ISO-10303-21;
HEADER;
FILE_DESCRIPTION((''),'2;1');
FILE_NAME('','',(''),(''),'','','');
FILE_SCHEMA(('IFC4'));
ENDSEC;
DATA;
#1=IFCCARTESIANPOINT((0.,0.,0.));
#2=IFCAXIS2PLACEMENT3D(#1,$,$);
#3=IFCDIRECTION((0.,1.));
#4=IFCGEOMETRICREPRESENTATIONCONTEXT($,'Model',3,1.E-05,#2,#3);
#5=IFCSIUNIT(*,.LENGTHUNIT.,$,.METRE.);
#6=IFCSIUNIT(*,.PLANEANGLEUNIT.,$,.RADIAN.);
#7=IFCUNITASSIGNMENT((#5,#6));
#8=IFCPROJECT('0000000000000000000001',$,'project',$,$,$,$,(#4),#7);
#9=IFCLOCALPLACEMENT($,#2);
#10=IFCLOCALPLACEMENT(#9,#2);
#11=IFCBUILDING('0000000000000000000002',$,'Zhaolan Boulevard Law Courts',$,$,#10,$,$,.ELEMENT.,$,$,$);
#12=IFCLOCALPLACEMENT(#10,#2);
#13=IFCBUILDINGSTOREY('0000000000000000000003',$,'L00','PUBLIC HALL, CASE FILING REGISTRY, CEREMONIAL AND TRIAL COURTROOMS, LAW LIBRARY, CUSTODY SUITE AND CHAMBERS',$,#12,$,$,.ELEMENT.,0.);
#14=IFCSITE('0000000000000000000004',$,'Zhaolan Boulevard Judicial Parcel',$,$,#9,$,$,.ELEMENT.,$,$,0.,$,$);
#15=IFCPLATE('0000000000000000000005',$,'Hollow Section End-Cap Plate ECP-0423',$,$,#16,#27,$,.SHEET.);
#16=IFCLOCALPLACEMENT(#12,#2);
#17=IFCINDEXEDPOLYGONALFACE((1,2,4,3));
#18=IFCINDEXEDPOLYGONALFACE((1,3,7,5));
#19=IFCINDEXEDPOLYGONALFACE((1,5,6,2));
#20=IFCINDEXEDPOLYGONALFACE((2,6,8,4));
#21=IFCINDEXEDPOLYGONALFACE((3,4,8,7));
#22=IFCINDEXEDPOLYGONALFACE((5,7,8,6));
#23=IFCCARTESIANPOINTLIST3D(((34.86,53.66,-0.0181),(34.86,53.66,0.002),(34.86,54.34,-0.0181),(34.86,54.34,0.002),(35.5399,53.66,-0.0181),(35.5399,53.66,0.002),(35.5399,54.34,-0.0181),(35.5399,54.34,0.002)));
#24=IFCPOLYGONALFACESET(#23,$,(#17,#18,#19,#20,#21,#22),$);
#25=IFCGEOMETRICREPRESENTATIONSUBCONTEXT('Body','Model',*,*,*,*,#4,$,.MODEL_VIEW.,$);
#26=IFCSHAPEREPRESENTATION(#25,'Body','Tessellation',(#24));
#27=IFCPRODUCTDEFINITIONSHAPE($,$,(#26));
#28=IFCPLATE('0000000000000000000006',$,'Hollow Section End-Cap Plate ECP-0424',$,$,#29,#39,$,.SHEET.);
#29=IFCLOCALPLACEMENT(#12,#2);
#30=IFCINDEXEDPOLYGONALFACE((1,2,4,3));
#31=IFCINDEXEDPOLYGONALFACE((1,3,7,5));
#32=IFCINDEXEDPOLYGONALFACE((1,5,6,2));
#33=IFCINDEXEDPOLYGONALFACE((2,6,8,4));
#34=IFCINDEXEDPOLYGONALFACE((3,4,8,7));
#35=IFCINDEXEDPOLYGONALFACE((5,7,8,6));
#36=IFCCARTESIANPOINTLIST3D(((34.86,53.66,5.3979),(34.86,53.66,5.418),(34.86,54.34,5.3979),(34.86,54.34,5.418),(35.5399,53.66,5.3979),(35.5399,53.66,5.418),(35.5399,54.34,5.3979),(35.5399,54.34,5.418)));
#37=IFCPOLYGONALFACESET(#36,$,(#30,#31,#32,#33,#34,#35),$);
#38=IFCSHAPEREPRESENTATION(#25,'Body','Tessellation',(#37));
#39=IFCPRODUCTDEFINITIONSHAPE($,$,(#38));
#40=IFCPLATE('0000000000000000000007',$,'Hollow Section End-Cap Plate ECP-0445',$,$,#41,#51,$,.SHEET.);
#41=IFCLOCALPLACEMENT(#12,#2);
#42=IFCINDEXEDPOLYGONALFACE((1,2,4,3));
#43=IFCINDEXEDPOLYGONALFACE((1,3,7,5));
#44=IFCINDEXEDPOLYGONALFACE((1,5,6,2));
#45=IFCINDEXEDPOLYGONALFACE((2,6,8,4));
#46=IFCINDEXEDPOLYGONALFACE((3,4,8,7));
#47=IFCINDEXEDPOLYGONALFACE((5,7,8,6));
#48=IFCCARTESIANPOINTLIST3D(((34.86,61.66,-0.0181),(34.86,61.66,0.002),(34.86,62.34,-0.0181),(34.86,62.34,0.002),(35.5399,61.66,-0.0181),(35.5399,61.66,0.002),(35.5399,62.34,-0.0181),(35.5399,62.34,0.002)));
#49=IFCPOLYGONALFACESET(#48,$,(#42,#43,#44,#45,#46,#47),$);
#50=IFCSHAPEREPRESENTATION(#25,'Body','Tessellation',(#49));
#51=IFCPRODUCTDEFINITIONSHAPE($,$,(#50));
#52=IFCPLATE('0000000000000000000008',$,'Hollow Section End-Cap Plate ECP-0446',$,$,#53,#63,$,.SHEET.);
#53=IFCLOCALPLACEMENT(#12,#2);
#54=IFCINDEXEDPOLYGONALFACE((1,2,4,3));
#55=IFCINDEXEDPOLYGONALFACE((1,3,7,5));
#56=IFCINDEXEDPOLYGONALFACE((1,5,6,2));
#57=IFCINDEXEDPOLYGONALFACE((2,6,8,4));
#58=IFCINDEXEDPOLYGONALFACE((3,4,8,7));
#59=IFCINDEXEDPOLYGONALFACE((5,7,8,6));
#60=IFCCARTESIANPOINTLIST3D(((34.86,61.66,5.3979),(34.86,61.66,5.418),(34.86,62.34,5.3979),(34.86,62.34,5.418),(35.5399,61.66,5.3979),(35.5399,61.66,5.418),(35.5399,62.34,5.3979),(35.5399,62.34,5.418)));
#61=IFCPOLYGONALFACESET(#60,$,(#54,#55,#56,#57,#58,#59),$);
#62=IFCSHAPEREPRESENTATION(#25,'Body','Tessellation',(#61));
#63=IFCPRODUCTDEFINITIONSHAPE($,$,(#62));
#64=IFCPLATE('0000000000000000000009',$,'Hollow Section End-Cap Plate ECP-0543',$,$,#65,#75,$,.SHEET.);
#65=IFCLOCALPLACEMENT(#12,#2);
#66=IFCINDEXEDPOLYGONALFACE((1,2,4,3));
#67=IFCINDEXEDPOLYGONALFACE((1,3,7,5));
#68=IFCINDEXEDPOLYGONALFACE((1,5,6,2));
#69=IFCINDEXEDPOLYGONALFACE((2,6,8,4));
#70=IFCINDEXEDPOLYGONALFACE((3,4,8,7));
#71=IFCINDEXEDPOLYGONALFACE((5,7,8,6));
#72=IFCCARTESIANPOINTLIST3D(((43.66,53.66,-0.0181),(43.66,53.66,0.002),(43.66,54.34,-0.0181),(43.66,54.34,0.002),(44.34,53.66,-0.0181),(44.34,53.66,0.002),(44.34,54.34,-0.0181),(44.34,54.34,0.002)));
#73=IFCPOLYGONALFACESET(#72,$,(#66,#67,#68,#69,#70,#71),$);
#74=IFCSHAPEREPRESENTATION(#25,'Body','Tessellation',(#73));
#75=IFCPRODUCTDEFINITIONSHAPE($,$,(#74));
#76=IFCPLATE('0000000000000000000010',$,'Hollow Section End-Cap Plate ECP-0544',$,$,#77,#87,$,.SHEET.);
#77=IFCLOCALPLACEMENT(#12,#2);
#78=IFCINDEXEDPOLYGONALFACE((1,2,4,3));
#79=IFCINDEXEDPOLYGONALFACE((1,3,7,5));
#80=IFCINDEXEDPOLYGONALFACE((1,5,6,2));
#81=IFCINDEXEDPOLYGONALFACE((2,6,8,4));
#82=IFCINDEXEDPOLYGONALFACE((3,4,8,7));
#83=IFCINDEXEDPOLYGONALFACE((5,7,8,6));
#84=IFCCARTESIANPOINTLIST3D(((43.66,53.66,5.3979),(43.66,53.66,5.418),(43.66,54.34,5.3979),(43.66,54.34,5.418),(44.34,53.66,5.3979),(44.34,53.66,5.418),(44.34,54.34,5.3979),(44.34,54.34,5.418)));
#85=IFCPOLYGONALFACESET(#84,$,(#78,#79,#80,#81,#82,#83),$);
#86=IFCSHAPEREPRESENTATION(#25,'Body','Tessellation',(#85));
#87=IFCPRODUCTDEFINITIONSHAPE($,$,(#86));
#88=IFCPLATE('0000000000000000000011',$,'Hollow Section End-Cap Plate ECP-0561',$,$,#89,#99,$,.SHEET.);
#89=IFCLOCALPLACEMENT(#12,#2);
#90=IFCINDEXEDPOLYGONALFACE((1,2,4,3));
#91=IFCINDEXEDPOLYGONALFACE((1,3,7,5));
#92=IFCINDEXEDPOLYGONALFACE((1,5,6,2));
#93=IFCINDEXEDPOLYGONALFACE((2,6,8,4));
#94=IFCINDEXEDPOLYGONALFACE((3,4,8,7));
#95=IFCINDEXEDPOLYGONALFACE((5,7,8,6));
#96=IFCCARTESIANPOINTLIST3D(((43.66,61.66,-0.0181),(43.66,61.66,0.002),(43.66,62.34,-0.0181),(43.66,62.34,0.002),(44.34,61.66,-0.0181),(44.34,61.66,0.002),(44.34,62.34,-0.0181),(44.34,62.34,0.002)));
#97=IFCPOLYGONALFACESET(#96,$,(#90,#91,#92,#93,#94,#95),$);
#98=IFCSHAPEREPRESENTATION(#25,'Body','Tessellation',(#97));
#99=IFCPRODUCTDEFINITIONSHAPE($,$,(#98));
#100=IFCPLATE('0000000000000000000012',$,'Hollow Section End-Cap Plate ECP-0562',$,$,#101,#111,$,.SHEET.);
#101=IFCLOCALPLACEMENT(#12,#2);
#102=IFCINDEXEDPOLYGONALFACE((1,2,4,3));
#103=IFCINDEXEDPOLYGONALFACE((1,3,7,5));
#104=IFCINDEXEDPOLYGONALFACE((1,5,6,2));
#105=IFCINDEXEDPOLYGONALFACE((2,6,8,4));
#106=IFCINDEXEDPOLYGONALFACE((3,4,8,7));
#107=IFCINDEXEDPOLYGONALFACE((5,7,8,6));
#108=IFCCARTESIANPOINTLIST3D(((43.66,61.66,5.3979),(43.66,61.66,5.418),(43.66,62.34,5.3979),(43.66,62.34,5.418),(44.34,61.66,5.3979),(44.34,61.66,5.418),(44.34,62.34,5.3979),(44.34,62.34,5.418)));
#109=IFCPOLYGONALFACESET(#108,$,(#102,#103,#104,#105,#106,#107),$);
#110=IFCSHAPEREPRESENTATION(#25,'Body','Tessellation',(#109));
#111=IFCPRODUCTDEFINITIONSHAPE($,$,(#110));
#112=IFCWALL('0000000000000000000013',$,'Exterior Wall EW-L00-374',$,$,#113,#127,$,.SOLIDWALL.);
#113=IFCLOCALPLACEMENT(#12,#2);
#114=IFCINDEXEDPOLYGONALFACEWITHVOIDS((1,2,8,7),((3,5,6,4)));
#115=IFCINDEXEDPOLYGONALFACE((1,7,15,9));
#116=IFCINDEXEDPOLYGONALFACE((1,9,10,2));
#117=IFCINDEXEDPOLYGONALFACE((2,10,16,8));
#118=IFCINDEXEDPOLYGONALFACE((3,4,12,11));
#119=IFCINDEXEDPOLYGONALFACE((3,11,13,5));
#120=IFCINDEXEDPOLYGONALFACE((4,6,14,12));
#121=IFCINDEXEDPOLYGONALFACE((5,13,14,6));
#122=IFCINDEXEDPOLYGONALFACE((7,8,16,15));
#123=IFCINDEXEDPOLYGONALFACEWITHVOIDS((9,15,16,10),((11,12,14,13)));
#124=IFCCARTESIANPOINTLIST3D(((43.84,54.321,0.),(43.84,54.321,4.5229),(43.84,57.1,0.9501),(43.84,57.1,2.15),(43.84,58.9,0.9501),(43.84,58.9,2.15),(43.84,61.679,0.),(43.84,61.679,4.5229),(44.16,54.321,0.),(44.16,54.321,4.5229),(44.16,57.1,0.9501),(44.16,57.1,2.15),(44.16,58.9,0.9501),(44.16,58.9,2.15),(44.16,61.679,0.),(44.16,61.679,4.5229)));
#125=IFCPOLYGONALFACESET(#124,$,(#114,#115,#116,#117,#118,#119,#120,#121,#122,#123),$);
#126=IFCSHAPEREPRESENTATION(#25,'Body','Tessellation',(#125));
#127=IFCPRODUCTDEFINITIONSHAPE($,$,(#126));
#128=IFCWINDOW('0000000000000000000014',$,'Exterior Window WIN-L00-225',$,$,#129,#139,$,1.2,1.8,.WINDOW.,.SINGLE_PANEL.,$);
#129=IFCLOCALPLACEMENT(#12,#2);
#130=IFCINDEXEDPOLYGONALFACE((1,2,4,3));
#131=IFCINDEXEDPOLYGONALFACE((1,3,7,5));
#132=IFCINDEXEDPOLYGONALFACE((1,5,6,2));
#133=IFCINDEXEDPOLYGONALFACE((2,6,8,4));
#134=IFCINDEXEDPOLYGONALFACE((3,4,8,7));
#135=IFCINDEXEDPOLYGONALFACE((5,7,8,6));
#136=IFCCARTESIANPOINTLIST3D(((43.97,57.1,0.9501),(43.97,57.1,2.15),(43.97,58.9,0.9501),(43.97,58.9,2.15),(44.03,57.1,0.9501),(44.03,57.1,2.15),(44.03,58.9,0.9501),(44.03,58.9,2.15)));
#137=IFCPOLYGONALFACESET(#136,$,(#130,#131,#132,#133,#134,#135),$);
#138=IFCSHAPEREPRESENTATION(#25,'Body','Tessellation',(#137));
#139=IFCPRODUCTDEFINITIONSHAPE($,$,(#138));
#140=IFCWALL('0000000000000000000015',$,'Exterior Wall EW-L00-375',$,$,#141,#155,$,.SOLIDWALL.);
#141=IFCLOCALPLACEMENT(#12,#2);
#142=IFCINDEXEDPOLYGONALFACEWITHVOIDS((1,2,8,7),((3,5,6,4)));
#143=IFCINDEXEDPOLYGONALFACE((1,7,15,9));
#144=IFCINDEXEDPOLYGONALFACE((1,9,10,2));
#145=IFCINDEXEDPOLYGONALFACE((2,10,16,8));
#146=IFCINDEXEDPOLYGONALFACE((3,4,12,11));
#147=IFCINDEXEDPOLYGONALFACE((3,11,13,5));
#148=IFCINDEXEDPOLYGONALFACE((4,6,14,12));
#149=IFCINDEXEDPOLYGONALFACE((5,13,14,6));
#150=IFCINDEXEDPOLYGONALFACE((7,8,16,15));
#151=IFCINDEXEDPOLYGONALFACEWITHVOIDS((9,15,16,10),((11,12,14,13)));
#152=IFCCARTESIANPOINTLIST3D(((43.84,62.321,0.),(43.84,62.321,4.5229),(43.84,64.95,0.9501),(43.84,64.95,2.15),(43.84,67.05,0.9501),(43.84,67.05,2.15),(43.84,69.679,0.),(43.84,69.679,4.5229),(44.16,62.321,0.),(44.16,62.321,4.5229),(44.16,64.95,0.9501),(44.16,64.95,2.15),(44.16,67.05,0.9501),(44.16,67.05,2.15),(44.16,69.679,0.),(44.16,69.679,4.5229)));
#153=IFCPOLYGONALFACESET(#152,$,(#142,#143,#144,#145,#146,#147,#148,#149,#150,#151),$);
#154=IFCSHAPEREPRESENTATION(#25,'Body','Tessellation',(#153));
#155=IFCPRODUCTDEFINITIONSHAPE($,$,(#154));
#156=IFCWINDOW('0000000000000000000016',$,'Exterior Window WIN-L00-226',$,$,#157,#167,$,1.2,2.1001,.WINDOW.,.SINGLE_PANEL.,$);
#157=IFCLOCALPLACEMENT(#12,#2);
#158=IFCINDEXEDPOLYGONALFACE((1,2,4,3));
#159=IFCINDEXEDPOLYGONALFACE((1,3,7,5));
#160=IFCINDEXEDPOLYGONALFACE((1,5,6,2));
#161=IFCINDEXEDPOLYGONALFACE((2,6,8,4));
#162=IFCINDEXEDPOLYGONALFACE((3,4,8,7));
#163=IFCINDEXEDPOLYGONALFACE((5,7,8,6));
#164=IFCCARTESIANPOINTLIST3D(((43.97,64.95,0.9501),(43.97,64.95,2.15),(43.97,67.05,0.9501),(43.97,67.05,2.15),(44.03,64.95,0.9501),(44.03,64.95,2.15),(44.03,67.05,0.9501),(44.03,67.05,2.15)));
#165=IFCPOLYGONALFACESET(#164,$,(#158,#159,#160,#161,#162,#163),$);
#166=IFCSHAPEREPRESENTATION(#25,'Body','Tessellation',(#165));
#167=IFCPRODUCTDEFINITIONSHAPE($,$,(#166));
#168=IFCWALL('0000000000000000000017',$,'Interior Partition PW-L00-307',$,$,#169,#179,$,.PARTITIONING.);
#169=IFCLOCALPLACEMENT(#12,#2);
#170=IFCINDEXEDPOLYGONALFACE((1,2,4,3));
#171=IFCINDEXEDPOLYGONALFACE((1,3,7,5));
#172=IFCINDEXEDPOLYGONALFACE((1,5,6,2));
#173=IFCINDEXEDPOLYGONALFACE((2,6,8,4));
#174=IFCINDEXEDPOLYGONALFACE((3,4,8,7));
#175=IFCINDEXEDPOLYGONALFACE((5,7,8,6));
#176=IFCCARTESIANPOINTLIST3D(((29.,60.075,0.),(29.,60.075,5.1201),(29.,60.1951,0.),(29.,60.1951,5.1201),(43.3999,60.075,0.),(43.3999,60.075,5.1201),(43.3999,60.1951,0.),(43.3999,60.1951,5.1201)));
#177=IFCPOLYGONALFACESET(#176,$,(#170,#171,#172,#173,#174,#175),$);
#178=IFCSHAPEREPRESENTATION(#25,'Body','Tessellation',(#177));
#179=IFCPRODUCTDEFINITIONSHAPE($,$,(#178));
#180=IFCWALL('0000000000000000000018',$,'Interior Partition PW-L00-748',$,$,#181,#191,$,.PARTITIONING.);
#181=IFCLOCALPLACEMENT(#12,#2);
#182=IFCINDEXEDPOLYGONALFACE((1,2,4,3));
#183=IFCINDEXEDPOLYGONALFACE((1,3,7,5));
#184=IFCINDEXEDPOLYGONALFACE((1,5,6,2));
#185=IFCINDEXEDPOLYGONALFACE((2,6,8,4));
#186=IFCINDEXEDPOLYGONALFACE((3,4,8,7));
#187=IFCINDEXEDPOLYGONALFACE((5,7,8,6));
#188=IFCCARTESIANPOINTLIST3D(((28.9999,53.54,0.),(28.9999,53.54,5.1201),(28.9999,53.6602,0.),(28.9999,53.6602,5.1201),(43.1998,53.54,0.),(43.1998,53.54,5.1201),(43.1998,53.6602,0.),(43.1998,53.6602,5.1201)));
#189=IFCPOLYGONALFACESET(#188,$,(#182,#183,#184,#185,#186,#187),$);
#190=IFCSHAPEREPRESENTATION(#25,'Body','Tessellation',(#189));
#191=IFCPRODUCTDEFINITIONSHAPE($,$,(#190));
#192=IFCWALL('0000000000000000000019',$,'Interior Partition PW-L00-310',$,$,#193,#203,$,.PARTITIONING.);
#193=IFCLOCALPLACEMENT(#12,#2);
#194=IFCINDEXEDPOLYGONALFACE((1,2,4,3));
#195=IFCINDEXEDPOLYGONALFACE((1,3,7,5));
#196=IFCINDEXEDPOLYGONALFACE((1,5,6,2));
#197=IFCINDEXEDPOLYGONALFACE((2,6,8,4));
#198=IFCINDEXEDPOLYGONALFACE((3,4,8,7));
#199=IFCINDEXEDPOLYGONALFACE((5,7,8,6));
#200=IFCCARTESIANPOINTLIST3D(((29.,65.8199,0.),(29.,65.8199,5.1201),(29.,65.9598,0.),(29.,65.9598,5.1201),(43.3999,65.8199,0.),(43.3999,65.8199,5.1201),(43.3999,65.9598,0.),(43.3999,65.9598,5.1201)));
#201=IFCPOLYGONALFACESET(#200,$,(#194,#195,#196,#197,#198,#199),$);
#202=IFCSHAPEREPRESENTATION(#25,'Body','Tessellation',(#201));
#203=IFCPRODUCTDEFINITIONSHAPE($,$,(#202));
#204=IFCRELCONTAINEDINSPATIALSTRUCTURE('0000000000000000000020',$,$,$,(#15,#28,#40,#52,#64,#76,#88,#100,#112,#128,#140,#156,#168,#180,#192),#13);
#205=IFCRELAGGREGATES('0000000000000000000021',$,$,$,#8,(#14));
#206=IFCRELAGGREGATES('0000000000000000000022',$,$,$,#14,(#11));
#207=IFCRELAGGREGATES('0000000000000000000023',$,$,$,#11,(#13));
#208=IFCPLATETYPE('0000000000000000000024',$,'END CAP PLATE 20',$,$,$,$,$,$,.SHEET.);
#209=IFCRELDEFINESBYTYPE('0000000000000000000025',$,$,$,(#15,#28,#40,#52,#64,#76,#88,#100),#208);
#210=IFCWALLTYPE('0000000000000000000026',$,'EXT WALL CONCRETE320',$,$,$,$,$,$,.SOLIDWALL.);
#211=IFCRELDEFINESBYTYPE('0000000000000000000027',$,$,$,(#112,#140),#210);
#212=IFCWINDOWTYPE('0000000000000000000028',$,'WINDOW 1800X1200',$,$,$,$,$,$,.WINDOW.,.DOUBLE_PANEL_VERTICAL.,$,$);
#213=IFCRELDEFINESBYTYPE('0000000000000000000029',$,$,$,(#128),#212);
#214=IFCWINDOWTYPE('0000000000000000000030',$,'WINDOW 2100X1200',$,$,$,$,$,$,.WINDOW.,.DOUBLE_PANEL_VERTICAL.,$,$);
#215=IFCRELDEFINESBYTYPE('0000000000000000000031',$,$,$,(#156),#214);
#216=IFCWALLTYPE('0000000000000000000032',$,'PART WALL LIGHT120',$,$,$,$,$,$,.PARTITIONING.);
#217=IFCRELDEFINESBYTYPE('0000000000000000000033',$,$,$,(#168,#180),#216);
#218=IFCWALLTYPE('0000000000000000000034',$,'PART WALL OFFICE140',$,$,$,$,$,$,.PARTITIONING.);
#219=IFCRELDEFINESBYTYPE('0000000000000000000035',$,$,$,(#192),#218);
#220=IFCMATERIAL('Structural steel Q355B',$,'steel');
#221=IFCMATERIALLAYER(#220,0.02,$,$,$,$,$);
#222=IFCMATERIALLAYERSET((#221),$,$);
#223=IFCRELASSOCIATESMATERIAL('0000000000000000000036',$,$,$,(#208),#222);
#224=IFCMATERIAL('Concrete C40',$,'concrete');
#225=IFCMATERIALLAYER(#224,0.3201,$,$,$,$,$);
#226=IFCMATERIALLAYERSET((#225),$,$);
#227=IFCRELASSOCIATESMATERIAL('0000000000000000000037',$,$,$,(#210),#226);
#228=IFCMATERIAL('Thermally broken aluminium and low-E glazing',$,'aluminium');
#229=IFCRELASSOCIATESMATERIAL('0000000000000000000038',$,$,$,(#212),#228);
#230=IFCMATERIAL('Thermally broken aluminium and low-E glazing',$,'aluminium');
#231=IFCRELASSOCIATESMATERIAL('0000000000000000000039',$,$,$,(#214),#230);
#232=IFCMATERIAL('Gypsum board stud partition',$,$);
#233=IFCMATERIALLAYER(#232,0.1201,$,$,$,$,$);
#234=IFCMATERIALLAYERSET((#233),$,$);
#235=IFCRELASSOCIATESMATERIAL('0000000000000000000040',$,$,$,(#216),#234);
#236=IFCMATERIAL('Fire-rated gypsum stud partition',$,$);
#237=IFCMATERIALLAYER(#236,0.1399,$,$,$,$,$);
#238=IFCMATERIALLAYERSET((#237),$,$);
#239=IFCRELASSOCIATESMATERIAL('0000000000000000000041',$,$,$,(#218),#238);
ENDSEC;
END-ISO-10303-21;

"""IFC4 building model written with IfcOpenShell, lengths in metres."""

from ifc_helpers import new_model, si_unit, direction, frame, frame_2d, origin, origin_2d, place, context, subcontext, project, spatial, rectangle, extrude, material, layer, layer_set, type_object, element, fill, save


model = new_model("IFC4")

# Units and contexts
model_context = context("Model", 3, precision=1e-05, world=origin(), true_north=direction((0.0, 1.0)))
body_context = subcontext(model_context, "Body", "Model", "MODEL_VIEW")
ifc_project = project(units=[si_unit("LENGTHUNIT", "METRE"), si_unit("PLANEANGLEUNIT", "RADIAN")], contexts=[model_context])

# Site, building, storey
site_placement = place(None, origin())
site = spatial("IfcSite", under=ifc_project, at=site_placement, Name="Zhaolan Boulevard Judicial Parcel", CompositionType="ELEMENT", RefElevation=0.0)
building_placement = place(site_placement, origin())
building = spatial("IfcBuilding", under=site, at=building_placement, Name="Zhaolan Boulevard Law Courts", CompositionType="ELEMENT")
storey_placement = place(building_placement, origin())
storey = spatial("IfcBuildingStorey", under=building, at=storey_placement, Name="L00", Description="PUBLIC HALL, CASE FILING REGISTRY, CEREMONIAL AND TRIAL COURTROOMS, LAW LIBRARY, CUSTODY SUITE AND CHAMBERS", CompositionType="ELEMENT", Elevation=0.0)

# Plates
ifc_material_1 = material(Name="Structural steel Q355B", Category="steel")
ifc_layer_1 = layer(ifc_material_1, 0.02)
ifc_layer_set_1 = layer_set([ifc_layer_1])
plate_type = type_object("IfcPlateType", Name="END CAP PLATE 20", PredefinedType="SHEET", material=ifc_layer_set_1)
for number, where, z_axis, x_axis, name in (
    (1, (35.2, 54.0, -0.0181), (0.0, 0.0, 1.0), (1.0, 0.0, 0.0), "Hollow Section End-Cap Plate ECP-0423"),
    (2, (35.2, 54.0, 5.3979), (0.0, 0.0, 1.0), (1.0, 0.0, 0.0), "Hollow Section End-Cap Plate ECP-0424"),
    (3, (35.2, 62.0, -0.0181), (0.0, 0.0, 1.0), (1.0, 0.0, 0.0), "Hollow Section End-Cap Plate ECP-0445"),
    (4, (35.2, 62.0, 5.3979), (0.0, 0.0, 1.0), (1.0, 0.0, 0.0), "Hollow Section End-Cap Plate ECP-0446"),
    (5, (44.0, 54.0, -0.0181), (0.0, 0.0, 1.0), (1.0, 0.0, 0.0), "Hollow Section End-Cap Plate ECP-0543"),
    (6, (44.0, 54.0, 5.3979), (0.0, 0.0, 1.0), (1.0, 0.0, 0.0), "Hollow Section End-Cap Plate ECP-0544"),
    (7, (44.0, 62.0, -0.0181), (0.0, 0.0, 1.0), (1.0, 0.0, 0.0), "Hollow Section End-Cap Plate ECP-0561"),
    (8, (44.0, 62.0, 5.3979), (0.0, 0.0, 1.0), (1.0, 0.0, 0.0), "Hollow Section End-Cap Plate ECP-0562"),
):
    element("IfcPlate", number, at=place(storey_placement, frame(where, z_axis=z_axis, x_axis=x_axis)), inside=storey, type_object=plate_type, Name=name, PredefinedType="SHEET", context=body_context, shape_type="SweptSolid", body=[
        extrude(rectangle(XDim=0.6799, YDim=0.6799, at=origin_2d()), origin(), (0.0, 0.0, 1.0), 0.02),
    ])

# Walls, openings, windows
ifc_material_2 = material(Name="Concrete C40", Category="concrete")
ifc_layer_2 = layer(ifc_material_2, 0.3201)
ifc_layer_set_2 = layer_set([ifc_layer_2])
wall_type_1 = type_object("IfcWallType", Name="EXT WALL CONCRETE320", PredefinedType="SOLIDWALL", material=ifc_layer_set_2)
wall_1_placement = place(storey_placement, frame((44.0, 54.321, 0.0), z_axis=(0.0, 0.0, 1.0), x_axis=(0.0, 1.0, 0.0)))
wall_1 = element("IfcWall", 9, at=wall_1_placement, inside=storey, type_object=wall_type_1, Name="Exterior Wall EW-L00-374", PredefinedType="SOLIDWALL", context=body_context, shape_type="SweptSolid", body=[
    extrude(rectangle(XDim=7.3579, YDim=0.3201, at=frame_2d((3.679, 0.0))), origin(), (0.0, 0.0, 1.0), 4.5229),
])
opening_1_placement = place(wall_1_placement, frame((2.7791, 0.0, 0.95)))
opening_1 = element("IfcOpeningElement", 10, at=opening_1_placement, cuts=wall_1, PredefinedType="OPENING", context=body_context, shape_type="SweptSolid", body=[
    extrude(rectangle(XDim=1.8, YDim=1.2, at=frame_2d((0.8999, 0.6001))), frame((0.0, 0.1699, 0.0), z_axis=(0.0, -1.0, 0.0), x_axis=(1.0, 0.0, 0.0)), (0.0, 0.0, 1.0), 0.3401),
])
ifc_material_3 = material(Name="Thermally broken aluminium and low-E glazing", Category="aluminium")
window_type_1 = type_object("IfcWindowType", Name="WINDOW 1800X1200", PartitioningType="DOUBLE_PANEL_VERTICAL", PredefinedType="WINDOW", material=ifc_material_3)
window_1_placement = place(opening_1_placement, origin())
window_1 = element("IfcWindow", 11, at=window_1_placement, inside=storey, type_object=window_type_1, Name="Exterior Window WIN-L00-225", OverallHeight=1.2, OverallWidth=1.8, PartitioningType="SINGLE_PANEL", PredefinedType="WINDOW", context=body_context, shape_type="SweptSolid", body=[
    extrude(rectangle(XDim=1.8, YDim=1.2, at=frame_2d((0.8999, 0.6001))), frame((0.0, 0.03, 0.0), z_axis=(0.0, -1.0, 0.0), x_axis=(1.0, 0.0, 0.0)), (0.0, 0.0, 1.0), 0.0601),
])
fill(opening_1, window_1)
wall_2_placement = place(storey_placement, frame((44.0, 62.321, 0.0), z_axis=(0.0, 0.0, 1.0), x_axis=(0.0, 1.0, 0.0)))
wall_2 = element("IfcWall", 12, at=wall_2_placement, inside=storey, type_object=wall_type_1, Name="Exterior Wall EW-L00-375", PredefinedType="SOLIDWALL", context=body_context, shape_type="SweptSolid", body=[
    extrude(rectangle(XDim=7.3579, YDim=0.3201, at=frame_2d((3.679, 0.0))), origin(), (0.0, 0.0, 1.0), 4.5229),
])
opening_2_placement = place(wall_2_placement, frame((2.6289, 0.0, 0.95)))
opening_2 = element("IfcOpeningElement", 13, at=opening_2_placement, cuts=wall_2, PredefinedType="OPENING", context=body_context, shape_type="SweptSolid", body=[
    extrude(rectangle(XDim=2.1001, YDim=1.2, at=frame_2d((1.05, 0.6001))), frame((0.0, 0.1699, 0.0), z_axis=(0.0, -1.0, 0.0), x_axis=(1.0, 0.0, 0.0)), (0.0, 0.0, 1.0), 0.3401),
])
ifc_material_4 = material(Name="Thermally broken aluminium and low-E glazing", Category="aluminium")
window_type_2 = type_object("IfcWindowType", Name="WINDOW 2100X1200", PartitioningType="DOUBLE_PANEL_VERTICAL", PredefinedType="WINDOW", material=ifc_material_4)
window_2_placement = place(opening_2_placement, origin())
window_2 = element("IfcWindow", 14, at=window_2_placement, inside=storey, type_object=window_type_2, Name="Exterior Window WIN-L00-226", OverallHeight=1.2, OverallWidth=2.1001, PartitioningType="SINGLE_PANEL", PredefinedType="WINDOW", context=body_context, shape_type="SweptSolid", body=[
    extrude(rectangle(XDim=2.1001, YDim=1.2, at=frame_2d((1.05, 0.6001))), frame((0.0, 0.03, 0.0), z_axis=(0.0, -1.0, 0.0), x_axis=(1.0, 0.0, 0.0)), (0.0, 0.0, 1.0), 0.0601),
])
fill(opening_2, window_2)

# Walls
ifc_material_5 = material(Name="Gypsum board stud partition")
ifc_layer_3 = layer(ifc_material_5, 0.1201)
ifc_layer_set_3 = layer_set([ifc_layer_3])
wall_type_2 = type_object("IfcWallType", Name="PART WALL LIGHT120", PredefinedType="PARTITIONING", material=ifc_layer_set_3)
wall_3_placement = place(storey_placement, frame((43.3999, 60.135, 0.0), z_axis=(0.0, 0.0, 1.0), x_axis=(-1.0, 0.0, 0.0)))
element("IfcWall", 15, at=wall_3_placement, inside=storey, type_object=wall_type_2, Name="Interior Partition PW-L00-307", PredefinedType="PARTITIONING", context=body_context, shape_type="SweptSolid", body=[
    extrude(rectangle(XDim=14.3999, YDim=0.1201, at=frame_2d((7.2, 0.0))), origin(), (0.0, 0.0, 1.0), 5.1201),
])
wall_4_placement = place(storey_placement, frame((43.2, 53.6001, 0.0), z_axis=(0.0, 0.0, 1.0), x_axis=(-1.0, 0.0, 0.0)))
element("IfcWall", 16, at=wall_4_placement, inside=storey, type_object=wall_type_2, Name="Interior Partition PW-L00-748", PredefinedType="PARTITIONING", context=body_context, shape_type="SweptSolid", body=[
    extrude(rectangle(XDim=14.2, YDim=0.1201, at=frame_2d((7.1001, 0.0))), origin(), (0.0, 0.0, 1.0), 5.1201),
])
ifc_material_6 = material(Name="Fire-rated gypsum stud partition")
ifc_layer_4 = layer(ifc_material_6, 0.1399)
ifc_layer_set_4 = layer_set([ifc_layer_4])
wall_type_3 = type_object("IfcWallType", Name="PART WALL OFFICE140", PredefinedType="PARTITIONING", material=ifc_layer_set_4)
wall_5_placement = place(storey_placement, frame((43.3999, 65.8899, 0.0), z_axis=(0.0, 0.0, 1.0), x_axis=(-1.0, 0.0, 0.0)))
element("IfcWall", 17, at=wall_5_placement, inside=storey, type_object=wall_type_3, Name="Interior Partition PW-L00-310", PredefinedType="PARTITIONING", context=body_context, shape_type="SweptSolid", body=[
    extrude(rectangle(XDim=14.3999, YDim=0.1399, at=frame_2d((7.2, 0.0))), origin(), (0.0, 0.0, 1.0), 5.1201),
])

save(model, "model.ifc")
